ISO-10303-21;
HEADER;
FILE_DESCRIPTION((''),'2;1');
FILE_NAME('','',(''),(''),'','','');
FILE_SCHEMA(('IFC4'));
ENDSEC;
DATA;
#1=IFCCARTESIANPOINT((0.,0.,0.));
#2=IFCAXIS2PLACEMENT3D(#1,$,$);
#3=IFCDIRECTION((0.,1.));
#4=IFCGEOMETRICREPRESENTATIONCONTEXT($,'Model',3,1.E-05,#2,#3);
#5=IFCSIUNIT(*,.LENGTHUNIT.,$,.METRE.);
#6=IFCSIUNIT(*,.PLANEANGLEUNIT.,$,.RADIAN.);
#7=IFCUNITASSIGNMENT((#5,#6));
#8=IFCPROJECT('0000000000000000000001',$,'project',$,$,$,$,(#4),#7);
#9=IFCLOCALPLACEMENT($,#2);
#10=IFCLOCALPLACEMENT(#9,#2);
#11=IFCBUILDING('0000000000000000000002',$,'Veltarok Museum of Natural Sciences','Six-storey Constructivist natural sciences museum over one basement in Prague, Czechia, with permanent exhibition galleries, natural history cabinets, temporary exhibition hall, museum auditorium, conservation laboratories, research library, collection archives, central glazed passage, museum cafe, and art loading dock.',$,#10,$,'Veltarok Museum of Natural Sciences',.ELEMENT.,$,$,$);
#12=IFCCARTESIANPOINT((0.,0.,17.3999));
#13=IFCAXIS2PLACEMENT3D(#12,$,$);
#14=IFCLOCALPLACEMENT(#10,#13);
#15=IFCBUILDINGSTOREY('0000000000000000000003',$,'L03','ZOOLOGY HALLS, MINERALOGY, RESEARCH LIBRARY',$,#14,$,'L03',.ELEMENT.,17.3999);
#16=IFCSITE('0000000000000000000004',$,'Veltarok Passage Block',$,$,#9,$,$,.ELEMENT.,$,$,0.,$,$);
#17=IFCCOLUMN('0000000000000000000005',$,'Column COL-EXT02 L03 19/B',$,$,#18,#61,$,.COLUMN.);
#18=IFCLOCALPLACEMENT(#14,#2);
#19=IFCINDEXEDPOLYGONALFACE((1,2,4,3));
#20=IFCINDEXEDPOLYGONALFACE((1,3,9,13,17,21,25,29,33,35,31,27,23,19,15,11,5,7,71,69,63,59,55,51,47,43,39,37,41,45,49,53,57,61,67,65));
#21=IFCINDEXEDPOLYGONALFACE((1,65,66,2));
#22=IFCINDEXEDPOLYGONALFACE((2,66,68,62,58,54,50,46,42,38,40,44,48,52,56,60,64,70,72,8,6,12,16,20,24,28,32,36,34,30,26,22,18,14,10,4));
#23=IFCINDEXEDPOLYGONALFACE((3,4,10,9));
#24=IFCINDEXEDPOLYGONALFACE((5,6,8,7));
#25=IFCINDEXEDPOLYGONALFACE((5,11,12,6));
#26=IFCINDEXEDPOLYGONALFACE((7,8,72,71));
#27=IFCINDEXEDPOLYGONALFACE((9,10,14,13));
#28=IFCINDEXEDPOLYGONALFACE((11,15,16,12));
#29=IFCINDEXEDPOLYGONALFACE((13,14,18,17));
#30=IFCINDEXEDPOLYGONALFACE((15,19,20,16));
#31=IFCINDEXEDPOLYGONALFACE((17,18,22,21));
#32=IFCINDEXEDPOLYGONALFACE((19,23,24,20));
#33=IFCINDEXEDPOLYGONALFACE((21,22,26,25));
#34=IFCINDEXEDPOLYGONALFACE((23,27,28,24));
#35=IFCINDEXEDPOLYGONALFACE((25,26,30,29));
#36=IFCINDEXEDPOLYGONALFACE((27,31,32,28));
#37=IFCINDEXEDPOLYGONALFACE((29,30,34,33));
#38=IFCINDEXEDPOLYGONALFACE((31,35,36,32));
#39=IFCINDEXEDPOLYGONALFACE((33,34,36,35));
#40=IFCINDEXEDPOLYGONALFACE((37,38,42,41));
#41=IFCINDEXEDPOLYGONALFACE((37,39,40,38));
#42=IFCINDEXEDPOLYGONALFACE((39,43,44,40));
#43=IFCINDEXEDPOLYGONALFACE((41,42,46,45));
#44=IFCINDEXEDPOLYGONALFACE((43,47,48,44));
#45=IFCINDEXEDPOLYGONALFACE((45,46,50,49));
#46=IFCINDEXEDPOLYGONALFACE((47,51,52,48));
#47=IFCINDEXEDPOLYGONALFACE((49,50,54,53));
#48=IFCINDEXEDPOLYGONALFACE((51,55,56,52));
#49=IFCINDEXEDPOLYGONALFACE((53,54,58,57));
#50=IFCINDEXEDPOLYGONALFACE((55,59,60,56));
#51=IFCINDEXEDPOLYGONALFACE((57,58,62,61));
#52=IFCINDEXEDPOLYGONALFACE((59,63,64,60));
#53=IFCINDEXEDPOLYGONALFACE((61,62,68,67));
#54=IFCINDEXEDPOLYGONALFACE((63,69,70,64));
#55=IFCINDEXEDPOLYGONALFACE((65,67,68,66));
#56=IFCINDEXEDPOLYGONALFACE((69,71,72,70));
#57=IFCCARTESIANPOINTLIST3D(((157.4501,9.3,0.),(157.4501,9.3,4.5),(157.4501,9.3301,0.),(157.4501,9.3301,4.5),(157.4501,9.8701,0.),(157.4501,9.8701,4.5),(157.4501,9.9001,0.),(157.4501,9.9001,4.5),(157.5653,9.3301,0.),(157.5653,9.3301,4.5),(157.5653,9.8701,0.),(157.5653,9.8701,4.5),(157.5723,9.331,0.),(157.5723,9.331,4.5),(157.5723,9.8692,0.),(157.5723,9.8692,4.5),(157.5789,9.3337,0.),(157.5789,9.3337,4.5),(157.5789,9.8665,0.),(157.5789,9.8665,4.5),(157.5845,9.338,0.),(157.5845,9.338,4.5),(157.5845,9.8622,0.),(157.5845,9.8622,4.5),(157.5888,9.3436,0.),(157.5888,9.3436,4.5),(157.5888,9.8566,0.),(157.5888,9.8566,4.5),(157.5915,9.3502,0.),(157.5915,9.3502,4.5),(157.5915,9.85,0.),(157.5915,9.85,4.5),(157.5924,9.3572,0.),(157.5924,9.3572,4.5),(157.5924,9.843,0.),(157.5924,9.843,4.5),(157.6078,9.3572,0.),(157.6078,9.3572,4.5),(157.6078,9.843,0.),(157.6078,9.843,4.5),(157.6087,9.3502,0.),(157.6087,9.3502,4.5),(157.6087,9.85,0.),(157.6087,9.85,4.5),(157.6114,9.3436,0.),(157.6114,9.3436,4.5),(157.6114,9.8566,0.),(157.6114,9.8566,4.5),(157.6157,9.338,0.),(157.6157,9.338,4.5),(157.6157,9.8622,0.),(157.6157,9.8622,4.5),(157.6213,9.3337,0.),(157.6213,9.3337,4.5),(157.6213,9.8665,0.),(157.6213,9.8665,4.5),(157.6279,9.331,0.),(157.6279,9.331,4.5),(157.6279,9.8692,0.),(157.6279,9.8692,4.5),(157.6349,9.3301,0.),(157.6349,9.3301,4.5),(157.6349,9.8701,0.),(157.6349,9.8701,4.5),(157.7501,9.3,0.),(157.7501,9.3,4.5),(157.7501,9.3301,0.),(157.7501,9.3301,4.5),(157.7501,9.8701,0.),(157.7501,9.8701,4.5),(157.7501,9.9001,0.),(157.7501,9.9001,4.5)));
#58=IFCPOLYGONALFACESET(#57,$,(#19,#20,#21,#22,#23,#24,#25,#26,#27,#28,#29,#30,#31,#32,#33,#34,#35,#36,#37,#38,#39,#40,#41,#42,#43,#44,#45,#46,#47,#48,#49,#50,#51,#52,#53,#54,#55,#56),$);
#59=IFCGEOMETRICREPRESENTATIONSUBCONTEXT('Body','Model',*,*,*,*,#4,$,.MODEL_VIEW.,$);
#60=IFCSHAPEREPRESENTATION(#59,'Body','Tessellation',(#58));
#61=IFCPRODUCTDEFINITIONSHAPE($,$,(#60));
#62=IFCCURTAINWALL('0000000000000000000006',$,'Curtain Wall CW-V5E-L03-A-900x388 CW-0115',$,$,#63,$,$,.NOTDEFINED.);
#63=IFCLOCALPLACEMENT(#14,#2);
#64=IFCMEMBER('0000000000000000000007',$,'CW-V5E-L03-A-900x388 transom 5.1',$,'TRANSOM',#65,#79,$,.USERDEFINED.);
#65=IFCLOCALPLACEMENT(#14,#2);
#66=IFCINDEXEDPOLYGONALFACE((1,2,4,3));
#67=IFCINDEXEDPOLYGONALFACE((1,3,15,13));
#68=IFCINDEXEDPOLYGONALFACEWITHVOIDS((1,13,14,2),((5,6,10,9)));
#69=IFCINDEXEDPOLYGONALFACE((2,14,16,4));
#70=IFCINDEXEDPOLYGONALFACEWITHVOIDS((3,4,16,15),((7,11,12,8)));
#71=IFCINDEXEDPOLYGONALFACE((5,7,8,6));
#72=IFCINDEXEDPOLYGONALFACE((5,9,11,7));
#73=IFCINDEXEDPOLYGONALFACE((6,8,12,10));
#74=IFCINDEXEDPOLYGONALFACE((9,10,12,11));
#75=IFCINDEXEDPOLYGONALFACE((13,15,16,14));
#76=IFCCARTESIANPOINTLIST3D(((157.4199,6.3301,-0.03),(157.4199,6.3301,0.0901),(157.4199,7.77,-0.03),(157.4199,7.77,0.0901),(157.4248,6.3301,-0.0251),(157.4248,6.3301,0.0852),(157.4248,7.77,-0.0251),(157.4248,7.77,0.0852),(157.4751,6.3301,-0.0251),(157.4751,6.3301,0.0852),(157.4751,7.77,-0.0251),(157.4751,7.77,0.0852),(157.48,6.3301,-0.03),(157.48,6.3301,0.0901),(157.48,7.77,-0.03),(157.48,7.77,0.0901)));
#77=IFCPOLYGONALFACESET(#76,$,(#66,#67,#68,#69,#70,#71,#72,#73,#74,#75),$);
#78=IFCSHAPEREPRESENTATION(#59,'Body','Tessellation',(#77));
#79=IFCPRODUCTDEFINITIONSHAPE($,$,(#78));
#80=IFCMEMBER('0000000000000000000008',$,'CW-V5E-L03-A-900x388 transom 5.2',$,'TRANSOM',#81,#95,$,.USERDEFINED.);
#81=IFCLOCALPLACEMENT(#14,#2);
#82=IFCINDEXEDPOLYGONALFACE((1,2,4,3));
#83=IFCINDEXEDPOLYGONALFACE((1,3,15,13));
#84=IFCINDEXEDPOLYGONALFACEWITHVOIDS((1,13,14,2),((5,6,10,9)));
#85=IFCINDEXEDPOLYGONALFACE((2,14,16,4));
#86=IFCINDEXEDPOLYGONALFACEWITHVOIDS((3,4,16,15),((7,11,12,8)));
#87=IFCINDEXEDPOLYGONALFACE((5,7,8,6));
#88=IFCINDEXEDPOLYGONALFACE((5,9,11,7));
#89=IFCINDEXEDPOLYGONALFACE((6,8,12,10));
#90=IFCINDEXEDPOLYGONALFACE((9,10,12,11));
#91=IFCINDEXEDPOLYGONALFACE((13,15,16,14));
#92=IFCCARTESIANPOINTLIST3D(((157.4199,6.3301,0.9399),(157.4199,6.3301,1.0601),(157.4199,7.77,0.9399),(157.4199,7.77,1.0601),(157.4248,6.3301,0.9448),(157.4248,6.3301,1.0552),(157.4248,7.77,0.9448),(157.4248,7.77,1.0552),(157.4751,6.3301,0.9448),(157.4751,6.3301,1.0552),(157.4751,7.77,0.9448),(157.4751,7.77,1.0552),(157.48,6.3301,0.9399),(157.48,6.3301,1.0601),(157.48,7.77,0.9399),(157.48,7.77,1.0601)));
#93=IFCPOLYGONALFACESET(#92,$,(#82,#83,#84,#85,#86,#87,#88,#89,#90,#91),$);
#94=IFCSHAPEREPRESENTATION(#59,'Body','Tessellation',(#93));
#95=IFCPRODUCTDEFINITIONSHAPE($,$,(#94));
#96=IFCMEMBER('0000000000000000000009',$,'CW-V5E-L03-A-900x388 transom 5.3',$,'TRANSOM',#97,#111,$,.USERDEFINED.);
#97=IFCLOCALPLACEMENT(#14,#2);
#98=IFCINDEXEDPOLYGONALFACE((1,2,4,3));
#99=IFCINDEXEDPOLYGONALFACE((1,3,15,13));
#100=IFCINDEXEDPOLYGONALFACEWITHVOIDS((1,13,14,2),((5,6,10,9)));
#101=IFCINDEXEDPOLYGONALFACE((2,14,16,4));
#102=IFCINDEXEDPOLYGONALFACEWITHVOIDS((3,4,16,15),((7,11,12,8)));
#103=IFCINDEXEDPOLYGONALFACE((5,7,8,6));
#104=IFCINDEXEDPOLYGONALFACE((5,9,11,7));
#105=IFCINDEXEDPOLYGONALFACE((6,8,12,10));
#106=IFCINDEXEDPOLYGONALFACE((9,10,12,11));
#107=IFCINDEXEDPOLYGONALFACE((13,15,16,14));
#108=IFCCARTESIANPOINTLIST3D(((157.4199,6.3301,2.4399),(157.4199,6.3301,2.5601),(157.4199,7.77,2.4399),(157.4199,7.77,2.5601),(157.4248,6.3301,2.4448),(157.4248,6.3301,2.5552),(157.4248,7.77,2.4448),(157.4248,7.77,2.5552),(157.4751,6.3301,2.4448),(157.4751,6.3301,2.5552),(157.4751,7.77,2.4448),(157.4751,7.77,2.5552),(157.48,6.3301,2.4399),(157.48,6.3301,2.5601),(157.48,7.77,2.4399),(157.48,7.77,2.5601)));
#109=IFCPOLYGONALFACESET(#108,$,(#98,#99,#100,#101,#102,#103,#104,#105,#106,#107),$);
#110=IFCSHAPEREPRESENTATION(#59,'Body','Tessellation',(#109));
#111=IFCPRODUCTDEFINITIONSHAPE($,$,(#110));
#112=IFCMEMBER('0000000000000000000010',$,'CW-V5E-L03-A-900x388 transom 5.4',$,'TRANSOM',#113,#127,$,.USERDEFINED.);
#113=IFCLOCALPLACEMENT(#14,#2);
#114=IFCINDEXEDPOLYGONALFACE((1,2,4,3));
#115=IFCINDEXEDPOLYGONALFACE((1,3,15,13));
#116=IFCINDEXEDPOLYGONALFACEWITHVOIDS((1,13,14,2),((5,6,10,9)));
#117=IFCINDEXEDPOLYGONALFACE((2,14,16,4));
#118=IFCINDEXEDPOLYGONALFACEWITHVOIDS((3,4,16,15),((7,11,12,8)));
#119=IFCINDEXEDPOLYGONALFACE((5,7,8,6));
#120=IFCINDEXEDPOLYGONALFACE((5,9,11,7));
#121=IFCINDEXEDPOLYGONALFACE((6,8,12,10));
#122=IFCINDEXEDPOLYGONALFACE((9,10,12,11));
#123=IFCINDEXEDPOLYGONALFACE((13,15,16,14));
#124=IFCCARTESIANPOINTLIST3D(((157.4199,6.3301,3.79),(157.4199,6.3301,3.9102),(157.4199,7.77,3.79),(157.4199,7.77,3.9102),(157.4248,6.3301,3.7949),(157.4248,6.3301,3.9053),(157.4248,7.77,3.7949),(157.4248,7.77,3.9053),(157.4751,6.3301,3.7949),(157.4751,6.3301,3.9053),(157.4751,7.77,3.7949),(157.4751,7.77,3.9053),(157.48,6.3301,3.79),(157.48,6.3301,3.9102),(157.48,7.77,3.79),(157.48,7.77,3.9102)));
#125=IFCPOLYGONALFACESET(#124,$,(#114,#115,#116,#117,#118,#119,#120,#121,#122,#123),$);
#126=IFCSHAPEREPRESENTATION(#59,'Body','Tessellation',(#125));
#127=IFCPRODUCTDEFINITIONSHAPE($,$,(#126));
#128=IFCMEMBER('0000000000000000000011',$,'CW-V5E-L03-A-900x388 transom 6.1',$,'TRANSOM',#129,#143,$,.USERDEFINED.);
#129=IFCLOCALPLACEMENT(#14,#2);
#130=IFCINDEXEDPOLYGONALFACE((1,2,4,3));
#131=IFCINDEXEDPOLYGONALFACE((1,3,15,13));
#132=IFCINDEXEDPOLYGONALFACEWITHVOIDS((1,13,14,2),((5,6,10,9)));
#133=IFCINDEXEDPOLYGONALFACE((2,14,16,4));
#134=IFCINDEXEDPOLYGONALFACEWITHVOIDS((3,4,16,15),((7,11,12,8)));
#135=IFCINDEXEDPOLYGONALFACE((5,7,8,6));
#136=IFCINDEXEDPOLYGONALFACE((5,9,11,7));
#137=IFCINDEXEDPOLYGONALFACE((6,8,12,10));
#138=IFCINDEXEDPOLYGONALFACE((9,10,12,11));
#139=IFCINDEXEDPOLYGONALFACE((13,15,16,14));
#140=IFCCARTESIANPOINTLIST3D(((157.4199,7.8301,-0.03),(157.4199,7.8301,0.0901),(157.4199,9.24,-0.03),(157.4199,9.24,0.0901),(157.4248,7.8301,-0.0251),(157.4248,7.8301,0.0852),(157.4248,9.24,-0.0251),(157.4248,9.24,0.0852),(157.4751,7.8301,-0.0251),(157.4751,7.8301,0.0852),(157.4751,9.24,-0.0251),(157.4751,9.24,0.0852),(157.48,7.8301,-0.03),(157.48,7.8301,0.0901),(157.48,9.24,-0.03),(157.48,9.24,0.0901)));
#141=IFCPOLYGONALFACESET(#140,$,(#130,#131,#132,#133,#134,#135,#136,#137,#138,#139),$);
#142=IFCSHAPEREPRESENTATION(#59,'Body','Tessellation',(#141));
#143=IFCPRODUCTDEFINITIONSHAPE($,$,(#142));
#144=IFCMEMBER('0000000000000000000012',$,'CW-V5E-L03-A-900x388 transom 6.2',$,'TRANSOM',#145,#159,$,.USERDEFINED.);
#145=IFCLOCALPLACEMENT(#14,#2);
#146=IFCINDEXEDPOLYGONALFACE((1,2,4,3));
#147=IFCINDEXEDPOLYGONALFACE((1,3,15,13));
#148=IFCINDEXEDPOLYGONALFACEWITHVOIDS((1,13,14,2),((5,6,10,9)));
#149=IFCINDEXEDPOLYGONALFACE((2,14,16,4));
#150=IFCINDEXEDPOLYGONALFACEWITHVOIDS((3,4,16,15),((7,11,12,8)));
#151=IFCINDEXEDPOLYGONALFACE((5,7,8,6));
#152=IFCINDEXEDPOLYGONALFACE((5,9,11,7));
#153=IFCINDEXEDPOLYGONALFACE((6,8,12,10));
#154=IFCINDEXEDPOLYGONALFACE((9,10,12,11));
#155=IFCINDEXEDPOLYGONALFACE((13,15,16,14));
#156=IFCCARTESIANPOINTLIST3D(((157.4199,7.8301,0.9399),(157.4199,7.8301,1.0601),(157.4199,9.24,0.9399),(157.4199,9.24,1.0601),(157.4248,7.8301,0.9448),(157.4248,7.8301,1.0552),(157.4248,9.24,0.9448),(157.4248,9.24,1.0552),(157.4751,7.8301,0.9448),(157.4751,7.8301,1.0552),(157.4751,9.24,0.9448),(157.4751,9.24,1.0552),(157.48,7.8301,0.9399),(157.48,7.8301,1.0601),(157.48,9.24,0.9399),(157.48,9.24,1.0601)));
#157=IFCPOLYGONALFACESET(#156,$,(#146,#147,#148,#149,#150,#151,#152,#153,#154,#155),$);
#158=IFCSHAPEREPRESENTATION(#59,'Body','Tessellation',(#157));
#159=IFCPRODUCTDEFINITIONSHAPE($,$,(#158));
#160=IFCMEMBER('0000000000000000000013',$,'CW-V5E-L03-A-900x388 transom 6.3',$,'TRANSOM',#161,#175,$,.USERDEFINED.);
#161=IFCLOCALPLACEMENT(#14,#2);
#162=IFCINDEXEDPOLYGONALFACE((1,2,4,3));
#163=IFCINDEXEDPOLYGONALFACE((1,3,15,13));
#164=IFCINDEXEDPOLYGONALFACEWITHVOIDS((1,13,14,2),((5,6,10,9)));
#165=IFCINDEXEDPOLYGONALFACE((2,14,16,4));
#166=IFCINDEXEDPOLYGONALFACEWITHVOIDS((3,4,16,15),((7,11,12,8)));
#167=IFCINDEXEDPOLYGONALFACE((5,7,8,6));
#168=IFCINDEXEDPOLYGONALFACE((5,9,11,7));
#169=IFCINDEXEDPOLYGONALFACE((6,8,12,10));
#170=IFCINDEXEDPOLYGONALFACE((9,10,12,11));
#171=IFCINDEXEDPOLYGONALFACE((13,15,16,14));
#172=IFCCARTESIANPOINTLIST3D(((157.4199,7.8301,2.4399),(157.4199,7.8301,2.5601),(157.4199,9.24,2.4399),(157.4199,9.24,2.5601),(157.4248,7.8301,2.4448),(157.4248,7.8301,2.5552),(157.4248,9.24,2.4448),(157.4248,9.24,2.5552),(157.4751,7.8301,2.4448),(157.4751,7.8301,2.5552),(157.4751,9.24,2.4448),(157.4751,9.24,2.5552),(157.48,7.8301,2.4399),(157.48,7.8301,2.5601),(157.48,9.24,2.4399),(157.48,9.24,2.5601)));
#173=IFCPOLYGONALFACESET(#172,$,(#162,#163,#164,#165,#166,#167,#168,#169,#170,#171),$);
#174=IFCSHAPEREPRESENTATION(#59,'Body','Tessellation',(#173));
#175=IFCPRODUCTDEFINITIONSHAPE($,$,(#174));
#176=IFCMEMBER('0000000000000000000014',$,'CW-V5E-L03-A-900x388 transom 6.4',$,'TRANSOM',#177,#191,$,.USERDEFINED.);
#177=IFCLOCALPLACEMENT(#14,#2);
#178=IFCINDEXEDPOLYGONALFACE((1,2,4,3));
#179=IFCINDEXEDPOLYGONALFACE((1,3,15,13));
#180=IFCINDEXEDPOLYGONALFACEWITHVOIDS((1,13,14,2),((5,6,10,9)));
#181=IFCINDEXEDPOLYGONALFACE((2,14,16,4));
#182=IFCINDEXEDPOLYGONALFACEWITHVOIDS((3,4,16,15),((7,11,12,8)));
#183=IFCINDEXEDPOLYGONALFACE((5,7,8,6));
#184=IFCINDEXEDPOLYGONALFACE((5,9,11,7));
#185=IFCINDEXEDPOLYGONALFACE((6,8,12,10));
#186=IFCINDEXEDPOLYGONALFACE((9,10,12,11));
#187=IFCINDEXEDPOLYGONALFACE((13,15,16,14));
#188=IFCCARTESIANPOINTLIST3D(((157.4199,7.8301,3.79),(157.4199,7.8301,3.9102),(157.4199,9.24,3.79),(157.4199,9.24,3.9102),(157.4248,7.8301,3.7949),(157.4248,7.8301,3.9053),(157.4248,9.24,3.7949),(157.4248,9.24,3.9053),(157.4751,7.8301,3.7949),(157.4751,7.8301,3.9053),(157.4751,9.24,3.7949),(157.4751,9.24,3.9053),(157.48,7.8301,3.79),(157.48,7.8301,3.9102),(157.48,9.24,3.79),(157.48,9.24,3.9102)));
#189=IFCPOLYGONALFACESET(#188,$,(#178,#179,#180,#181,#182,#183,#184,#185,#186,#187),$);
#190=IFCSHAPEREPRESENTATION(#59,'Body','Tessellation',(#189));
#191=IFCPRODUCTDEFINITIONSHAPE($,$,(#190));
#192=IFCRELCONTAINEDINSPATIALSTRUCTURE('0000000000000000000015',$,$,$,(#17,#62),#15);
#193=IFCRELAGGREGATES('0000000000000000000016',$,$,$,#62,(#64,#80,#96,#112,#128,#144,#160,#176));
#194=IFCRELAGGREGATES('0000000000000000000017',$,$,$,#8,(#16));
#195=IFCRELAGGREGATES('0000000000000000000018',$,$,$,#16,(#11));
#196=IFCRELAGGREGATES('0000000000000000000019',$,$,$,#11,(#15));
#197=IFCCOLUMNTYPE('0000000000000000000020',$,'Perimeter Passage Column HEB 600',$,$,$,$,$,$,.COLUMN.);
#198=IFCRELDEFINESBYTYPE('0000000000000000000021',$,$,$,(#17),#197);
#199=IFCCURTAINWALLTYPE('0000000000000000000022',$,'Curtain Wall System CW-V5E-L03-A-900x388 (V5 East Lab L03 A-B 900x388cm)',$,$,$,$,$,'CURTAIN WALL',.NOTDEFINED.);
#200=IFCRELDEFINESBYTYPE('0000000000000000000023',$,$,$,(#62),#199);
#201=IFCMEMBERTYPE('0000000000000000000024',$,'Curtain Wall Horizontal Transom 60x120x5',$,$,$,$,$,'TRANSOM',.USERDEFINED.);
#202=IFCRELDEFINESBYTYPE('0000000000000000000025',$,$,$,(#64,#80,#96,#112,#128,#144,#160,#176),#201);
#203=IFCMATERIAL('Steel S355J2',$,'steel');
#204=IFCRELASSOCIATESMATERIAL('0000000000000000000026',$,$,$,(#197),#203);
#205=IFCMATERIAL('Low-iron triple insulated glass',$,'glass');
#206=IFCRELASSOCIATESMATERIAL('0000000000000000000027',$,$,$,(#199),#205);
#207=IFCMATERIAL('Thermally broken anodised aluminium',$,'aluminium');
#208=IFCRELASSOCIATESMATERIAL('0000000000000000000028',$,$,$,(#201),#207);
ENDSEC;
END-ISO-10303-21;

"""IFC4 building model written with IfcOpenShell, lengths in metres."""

from ifc_helpers import new_model, si_unit, direction, frame, origin, origin_2d, place, context, subcontext, project, spatial, hollow_rectangle, i_section, extrude, material, material_profile, profile_set, type_object, element, aggregate, save


model = new_model("IFC4")

# Units and contexts
model_context = context("Model", 3, precision=1e-05, world=origin(), true_north=direction((0.0, 1.0)))
body_context = subcontext(model_context, "Body", "Model", "MODEL_VIEW")
ifc_project = project(units=[si_unit("LENGTHUNIT", "METRE"), si_unit("PLANEANGLEUNIT", "RADIAN")], contexts=[model_context])

# Site, building, storey
site_placement = place(None, origin())
site = spatial("IfcSite", under=ifc_project, at=site_placement, Name="Veltarok Passage Block", CompositionType="ELEMENT", RefElevation=0.0)
building_placement = place(site_placement, origin())
building = spatial("IfcBuilding", under=site, at=building_placement, Name="Veltarok Museum of Natural Sciences", Description="Six-storey Constructivist natural sciences museum over one basement in Prague, Czechia, with permanent exhibition galleries, natural history cabinets, temporary exhibition hall, museum auditorium, conservation laboratories, research library, collection archives, central glazed passage, museum cafe, and art loading dock.", LongName="Veltarok Museum of Natural Sciences", CompositionType="ELEMENT")
storey_placement = place(building_placement, frame((0.0, 0.0, 17.3999)))
storey = spatial("IfcBuildingStorey", under=building, at=storey_placement, Name="L03", Description="ZOOLOGY HALLS, MINERALOGY, RESEARCH LIBRARY", LongName="L03", CompositionType="ELEMENT", Elevation=17.3999)

# Column
ifc_material_1 = material(Name="Steel S355J2", Category="steel")
ifc_material_profile_1 = material_profile(ifc_material_1, i_section(OverallWidth=0.3, OverallDepth=0.6001, WebThickness=0.0154, FlangeThickness=0.03, FilletRadius=0.0271, at=origin_2d()), Name="HEB 600")
ifc_profile_set_1 = profile_set([ifc_material_profile_1], Name="Steel S355J2")
column_type = type_object("IfcColumnType", Name="Perimeter Passage Column HEB 600", PredefinedType="COLUMN", material=ifc_profile_set_1)
column_placement = place(storey_placement, frame((157.6001, 9.6001, 0.0), z_axis=(0.0, 0.0, 1.0), x_axis=(1.0, 0.0, 0.0)))
element("IfcColumn", 1, at=column_placement, inside=storey, type_object=column_type, Name="Column COL-EXT02 L03 19/B", PredefinedType="COLUMN", context=body_context, shape_type="SweptSolid", body=[
    extrude(i_section(OverallWidth=0.3, OverallDepth=0.6001, WebThickness=0.0154, FlangeThickness=0.03, FilletRadius=0.0271, at=origin_2d()), origin(), (0.0, 0.0, 1.0), 4.5),
])

# Curtain wall, members
ifc_material_2 = material(Name="Low-iron triple insulated glass", Category="glass")
curtain_wall_type_1 = type_object("IfcCurtainWallType", Name="Curtain Wall System CW-V5E-L03-A-900x388 (V5 East Lab L03 A-B 900x388cm)", ElementType="CURTAIN WALL", PredefinedType="NOTDEFINED", material=ifc_material_2)
curtain_wall_1_placement = place(storey_placement, origin())
curtain_wall_1 = element("IfcCurtainWall", 2, at=curtain_wall_1_placement, inside=storey, type_object=curtain_wall_type_1, Name="Curtain Wall CW-V5E-L03-A-900x388 CW-0115", PredefinedType="NOTDEFINED")
ifc_material_3 = material(Name="Thermally broken anodised aluminium", Category="aluminium")
ifc_material_profile_2 = material_profile(ifc_material_3, hollow_rectangle(XDim=0.0601, YDim=0.1201, WallThickness=0.0049, at=origin_2d()), Name="CW TRANSOM 60x120x5")
ifc_profile_set_2 = profile_set([ifc_material_profile_2], Name="Thermally broken anodised aluminium")
member_type_1 = type_object("IfcMemberType", Name="Curtain Wall Horizontal Transom 60x120x5", ElementType="TRANSOM", PredefinedType="USERDEFINED", material=ifc_profile_set_2)
member_1_placement = place(storey_placement, frame((157.45, 6.3301, 0.03), z_axis=(0.0, 1.0, 0.0), x_axis=(-1.0, 0.0, 0.0)))
member_1 = element("IfcMember", 3, at=member_1_placement, type_object=member_type_1, Name="CW-V5E-L03-A-900x388 transom 5.1", ObjectType="TRANSOM", PredefinedType="USERDEFINED", context=body_context, shape_type="SweptSolid", body=[
    extrude(hollow_rectangle(XDim=0.0601, YDim=0.1201, WallThickness=0.0049, at=origin_2d()), origin(), (0.0, 0.0, 1.0), 1.4399),
])
member_2_placement = place(storey_placement, frame((157.45, 6.3301, 1.0), z_axis=(0.0, 1.0, 0.0), x_axis=(-1.0, 0.0, 0.0)))
member_2 = element("IfcMember", 4, at=member_2_placement, type_object=member_type_1, Name="CW-V5E-L03-A-900x388 transom 5.2", ObjectType="TRANSOM", PredefinedType="USERDEFINED", context=body_context, shape_type="SweptSolid", body=[
    extrude(hollow_rectangle(XDim=0.0601, YDim=0.1201, WallThickness=0.0049, at=origin_2d()), origin(), (0.0, 0.0, 1.0), 1.4399),
])
member_3_placement = place(storey_placement, frame((157.45, 6.3301, 2.5), z_axis=(0.0, 1.0, 0.0), x_axis=(-1.0, 0.0, 0.0)))
member_3 = element("IfcMember", 5, at=member_3_placement, type_object=member_type_1, Name="CW-V5E-L03-A-900x388 transom 5.3", ObjectType="TRANSOM", PredefinedType="USERDEFINED", context=body_context, shape_type="SweptSolid", body=[
    extrude(hollow_rectangle(XDim=0.0601, YDim=0.1201, WallThickness=0.0049, at=origin_2d()), origin(), (0.0, 0.0, 1.0), 1.4399),
])
member_4_placement = place(storey_placement, frame((157.45, 6.3301, 3.8501), z_axis=(0.0, 1.0, 0.0), x_axis=(-1.0, 0.0, 0.0)))
member_4 = element("IfcMember", 6, at=member_4_placement, type_object=member_type_1, Name="CW-V5E-L03-A-900x388 transom 5.4", ObjectType="TRANSOM", PredefinedType="USERDEFINED", context=body_context, shape_type="SweptSolid", body=[
    extrude(hollow_rectangle(XDim=0.0601, YDim=0.1201, WallThickness=0.0049, at=origin_2d()), origin(), (0.0, 0.0, 1.0), 1.4399),
])
member_5_placement = place(storey_placement, frame((157.45, 7.8301, 0.03), z_axis=(0.0, 1.0, 0.0), x_axis=(-1.0, 0.0, 0.0)))
member_5 = element("IfcMember", 7, at=member_5_placement, type_object=member_type_1, Name="CW-V5E-L03-A-900x388 transom 6.1", ObjectType="TRANSOM", PredefinedType="USERDEFINED", context=body_context, shape_type="SweptSolid", body=[
    extrude(hollow_rectangle(XDim=0.0601, YDim=0.1201, WallThickness=0.0049, at=origin_2d()), origin(), (0.0, 0.0, 1.0), 1.4099),
])
member_6_placement = place(storey_placement, frame((157.45, 7.8301, 1.0), z_axis=(0.0, 1.0, 0.0), x_axis=(-1.0, 0.0, 0.0)))
member_6 = element("IfcMember", 8, at=member_6_placement, type_object=member_type_1, Name="CW-V5E-L03-A-900x388 transom 6.2", ObjectType="TRANSOM", PredefinedType="USERDEFINED", context=body_context, shape_type="SweptSolid", body=[
    extrude(hollow_rectangle(XDim=0.0601, YDim=0.1201, WallThickness=0.0049, at=origin_2d()), origin(), (0.0, 0.0, 1.0), 1.4099),
])
member_7_placement = place(storey_placement, frame((157.45, 7.8301, 2.5), z_axis=(0.0, 1.0, 0.0), x_axis=(-1.0, 0.0, 0.0)))
member_7 = element("IfcMember", 9, at=member_7_placement, type_object=member_type_1, Name="CW-V5E-L03-A-900x388 transom 6.3", ObjectType="TRANSOM", PredefinedType="USERDEFINED", context=body_context, shape_type="SweptSolid", body=[
    extrude(hollow_rectangle(XDim=0.0601, YDim=0.1201, WallThickness=0.0049, at=origin_2d()), origin(), (0.0, 0.0, 1.0), 1.4099),
])
member_8_placement = place(storey_placement, frame((157.45, 7.8301, 3.8501), z_axis=(0.0, 1.0, 0.0), x_axis=(-1.0, 0.0, 0.0)))
member_8 = element("IfcMember", 10, at=member_8_placement, type_object=member_type_1, Name="CW-V5E-L03-A-900x388 transom 6.4", ObjectType="TRANSOM", PredefinedType="USERDEFINED", context=body_context, shape_type="SweptSolid", body=[
    extrude(hollow_rectangle(XDim=0.0601, YDim=0.1201, WallThickness=0.0049, at=origin_2d()), origin(), (0.0, 0.0, 1.0), 1.4099),
])

aggregate(curtain_wall_1, [member_1, member_2, member_3, member_4, member_5, member_6, member_7, member_8])

save(model, "model.ifc")
